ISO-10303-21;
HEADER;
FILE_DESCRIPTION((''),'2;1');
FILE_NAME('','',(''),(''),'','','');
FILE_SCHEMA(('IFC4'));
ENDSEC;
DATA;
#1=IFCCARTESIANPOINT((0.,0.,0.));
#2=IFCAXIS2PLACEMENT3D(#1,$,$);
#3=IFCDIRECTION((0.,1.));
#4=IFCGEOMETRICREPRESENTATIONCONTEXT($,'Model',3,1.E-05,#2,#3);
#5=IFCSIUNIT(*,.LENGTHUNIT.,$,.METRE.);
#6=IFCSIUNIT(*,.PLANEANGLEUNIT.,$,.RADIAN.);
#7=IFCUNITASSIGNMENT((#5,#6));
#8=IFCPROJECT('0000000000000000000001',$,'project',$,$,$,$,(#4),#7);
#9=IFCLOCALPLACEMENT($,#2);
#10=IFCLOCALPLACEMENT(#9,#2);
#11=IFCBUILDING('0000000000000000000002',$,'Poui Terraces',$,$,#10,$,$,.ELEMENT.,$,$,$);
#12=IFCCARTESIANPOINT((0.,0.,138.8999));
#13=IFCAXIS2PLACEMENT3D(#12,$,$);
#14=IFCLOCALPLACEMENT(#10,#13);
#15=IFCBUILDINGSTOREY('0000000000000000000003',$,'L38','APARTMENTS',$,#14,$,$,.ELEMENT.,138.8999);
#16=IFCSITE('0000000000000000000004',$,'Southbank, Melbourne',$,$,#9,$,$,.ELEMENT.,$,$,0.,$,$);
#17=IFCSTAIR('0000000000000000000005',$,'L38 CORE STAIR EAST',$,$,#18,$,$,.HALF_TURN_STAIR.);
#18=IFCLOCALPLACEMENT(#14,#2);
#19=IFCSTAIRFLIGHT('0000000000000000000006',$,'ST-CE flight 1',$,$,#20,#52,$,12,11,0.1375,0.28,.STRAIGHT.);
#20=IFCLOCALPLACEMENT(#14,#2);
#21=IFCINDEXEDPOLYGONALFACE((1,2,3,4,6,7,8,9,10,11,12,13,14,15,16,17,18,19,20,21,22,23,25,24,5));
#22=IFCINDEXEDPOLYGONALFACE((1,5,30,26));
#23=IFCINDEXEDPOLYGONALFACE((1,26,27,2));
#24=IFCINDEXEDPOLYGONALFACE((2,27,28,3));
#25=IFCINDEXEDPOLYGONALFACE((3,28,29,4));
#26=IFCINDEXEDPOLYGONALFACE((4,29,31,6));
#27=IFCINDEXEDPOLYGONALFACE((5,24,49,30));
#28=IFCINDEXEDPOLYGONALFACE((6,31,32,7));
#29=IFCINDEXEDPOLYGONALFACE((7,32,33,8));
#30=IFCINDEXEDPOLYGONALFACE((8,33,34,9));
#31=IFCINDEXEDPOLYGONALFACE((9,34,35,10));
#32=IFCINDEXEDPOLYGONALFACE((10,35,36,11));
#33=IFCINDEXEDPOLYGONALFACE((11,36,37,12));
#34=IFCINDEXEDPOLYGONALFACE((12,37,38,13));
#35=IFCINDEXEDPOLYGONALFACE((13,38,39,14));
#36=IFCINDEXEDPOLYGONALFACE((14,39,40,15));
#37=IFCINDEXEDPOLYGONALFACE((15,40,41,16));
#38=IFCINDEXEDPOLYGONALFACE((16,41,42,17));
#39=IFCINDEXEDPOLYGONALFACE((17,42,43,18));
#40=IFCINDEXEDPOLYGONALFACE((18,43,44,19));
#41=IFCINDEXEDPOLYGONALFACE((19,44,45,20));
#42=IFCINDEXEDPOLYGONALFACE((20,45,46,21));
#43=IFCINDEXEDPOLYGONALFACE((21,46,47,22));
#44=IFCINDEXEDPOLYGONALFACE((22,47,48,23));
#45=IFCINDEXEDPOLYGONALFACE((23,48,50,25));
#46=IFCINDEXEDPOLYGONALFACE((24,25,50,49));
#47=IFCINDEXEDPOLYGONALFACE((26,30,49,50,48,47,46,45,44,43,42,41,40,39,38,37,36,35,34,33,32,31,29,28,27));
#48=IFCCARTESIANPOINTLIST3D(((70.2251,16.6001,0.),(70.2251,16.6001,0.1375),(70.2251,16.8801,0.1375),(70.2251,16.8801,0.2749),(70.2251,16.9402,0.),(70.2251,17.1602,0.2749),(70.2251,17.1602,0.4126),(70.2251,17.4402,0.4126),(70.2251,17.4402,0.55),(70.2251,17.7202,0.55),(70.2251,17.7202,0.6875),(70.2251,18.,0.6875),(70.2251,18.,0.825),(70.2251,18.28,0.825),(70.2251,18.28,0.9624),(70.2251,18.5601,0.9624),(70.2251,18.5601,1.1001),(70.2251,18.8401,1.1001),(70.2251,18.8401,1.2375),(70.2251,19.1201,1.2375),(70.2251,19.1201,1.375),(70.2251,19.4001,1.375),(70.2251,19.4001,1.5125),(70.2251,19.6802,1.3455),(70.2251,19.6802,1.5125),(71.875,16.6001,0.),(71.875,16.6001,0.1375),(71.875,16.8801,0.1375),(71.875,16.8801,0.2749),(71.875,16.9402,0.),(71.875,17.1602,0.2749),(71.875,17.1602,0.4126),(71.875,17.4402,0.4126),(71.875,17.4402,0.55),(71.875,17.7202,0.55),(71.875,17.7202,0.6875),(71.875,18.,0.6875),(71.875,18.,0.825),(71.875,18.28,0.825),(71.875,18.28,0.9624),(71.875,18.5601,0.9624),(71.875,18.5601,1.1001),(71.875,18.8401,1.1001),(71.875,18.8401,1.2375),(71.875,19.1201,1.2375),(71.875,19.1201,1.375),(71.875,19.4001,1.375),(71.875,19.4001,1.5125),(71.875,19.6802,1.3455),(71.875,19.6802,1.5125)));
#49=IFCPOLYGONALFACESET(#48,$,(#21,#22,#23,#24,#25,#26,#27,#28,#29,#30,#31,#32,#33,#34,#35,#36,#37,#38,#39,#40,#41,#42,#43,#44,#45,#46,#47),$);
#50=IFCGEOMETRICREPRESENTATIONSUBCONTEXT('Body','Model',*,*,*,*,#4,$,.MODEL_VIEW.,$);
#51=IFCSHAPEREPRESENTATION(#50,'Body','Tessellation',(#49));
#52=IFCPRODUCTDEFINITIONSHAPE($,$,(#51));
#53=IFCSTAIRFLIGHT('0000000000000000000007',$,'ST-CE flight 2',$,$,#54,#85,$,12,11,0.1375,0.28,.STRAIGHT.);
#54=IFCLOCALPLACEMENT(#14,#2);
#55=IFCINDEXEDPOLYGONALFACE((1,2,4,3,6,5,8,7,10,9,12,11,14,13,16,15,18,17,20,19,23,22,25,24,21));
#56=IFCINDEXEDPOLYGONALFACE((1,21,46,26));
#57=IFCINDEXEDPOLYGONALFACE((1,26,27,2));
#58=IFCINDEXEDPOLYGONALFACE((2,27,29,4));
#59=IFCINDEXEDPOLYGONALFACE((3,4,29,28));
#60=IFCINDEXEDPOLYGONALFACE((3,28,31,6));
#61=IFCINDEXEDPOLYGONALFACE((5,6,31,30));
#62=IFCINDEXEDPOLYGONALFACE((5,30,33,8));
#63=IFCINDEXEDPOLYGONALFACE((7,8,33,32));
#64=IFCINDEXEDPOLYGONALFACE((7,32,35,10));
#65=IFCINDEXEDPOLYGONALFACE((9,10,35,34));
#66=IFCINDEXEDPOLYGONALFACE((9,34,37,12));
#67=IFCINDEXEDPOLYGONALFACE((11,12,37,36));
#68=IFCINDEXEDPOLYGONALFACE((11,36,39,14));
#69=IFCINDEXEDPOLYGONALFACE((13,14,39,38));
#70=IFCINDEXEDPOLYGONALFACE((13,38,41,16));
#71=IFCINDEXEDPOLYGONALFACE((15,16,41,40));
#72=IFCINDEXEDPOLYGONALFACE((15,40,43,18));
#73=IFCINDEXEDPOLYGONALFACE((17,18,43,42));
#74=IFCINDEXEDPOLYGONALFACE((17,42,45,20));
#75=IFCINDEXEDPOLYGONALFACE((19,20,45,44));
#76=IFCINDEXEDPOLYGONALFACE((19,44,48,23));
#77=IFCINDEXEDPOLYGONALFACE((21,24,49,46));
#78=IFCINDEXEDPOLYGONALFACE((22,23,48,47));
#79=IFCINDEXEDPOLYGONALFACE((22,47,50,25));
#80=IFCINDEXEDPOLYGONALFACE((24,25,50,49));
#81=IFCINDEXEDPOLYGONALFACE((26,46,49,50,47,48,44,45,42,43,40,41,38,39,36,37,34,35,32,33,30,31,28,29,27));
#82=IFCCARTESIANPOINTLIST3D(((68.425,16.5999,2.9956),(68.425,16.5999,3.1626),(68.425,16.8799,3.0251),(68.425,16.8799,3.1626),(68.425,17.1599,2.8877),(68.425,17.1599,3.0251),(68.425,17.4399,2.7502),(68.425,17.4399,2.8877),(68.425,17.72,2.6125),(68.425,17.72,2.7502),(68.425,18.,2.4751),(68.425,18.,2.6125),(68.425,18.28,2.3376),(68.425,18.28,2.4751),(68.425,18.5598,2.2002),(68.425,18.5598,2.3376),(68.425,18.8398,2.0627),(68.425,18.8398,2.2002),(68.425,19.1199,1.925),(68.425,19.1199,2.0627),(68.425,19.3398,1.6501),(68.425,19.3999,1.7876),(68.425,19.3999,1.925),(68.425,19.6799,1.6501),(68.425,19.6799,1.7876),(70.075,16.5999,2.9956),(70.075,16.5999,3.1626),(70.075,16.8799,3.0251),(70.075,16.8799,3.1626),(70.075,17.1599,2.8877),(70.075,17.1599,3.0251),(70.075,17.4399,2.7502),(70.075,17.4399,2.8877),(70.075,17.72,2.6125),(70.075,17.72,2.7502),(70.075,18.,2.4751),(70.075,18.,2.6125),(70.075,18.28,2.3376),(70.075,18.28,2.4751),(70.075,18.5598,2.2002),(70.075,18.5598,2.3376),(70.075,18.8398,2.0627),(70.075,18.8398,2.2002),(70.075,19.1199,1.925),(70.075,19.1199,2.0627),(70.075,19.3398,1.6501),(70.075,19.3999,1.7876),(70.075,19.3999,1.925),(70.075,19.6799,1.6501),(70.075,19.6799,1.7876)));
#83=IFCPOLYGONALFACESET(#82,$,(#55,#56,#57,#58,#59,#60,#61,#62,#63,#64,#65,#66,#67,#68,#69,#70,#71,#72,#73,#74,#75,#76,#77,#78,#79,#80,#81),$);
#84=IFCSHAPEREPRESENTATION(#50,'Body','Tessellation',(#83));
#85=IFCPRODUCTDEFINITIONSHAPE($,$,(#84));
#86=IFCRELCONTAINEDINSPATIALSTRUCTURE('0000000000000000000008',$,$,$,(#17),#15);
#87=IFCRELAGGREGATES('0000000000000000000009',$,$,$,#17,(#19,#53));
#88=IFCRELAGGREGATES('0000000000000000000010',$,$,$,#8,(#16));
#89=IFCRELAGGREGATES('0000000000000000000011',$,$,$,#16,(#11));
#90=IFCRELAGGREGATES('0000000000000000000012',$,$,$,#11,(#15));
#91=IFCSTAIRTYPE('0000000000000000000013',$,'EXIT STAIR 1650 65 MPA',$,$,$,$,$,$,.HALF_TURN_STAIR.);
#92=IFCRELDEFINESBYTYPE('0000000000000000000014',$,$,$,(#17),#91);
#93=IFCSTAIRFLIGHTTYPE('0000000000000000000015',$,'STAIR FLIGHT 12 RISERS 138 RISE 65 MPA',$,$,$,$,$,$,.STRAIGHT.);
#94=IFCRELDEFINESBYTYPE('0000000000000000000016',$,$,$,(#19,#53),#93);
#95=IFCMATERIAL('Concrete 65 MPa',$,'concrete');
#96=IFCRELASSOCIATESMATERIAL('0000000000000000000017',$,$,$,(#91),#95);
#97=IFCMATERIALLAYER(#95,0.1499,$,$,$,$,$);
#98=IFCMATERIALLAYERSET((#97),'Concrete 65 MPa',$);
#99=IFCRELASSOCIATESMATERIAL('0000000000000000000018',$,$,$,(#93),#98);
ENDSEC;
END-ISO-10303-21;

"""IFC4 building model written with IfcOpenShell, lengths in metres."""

from ifc_helpers import new_model, si_unit, direction, frame, origin, place, context, subcontext, project, spatial, polyline, outline, extrude, material, layer, layer_set, type_object, element, aggregate, save


model = new_model("IFC4")

# Units and contexts
model_context = context("Model", 3, precision=1e-05, world=origin(), true_north=direction((0.0, 1.0)))
body_context = subcontext(model_context, "Body", "Model", "MODEL_VIEW")
ifc_project = project(units=[si_unit("LENGTHUNIT", "METRE"), si_unit("PLANEANGLEUNIT", "RADIAN")], contexts=[model_context])

# Site, building, storey
site_placement = place(None, origin())
site = spatial("IfcSite", under=ifc_project, at=site_placement, Name="Southbank, Melbourne", CompositionType="ELEMENT", RefElevation=0.0)
building_placement = place(site_placement, origin())
building = spatial("IfcBuilding", under=site, at=building_placement, Name="Poui Terraces", CompositionType="ELEMENT")
storey_placement = place(building_placement, frame((0.0, 0.0, 138.8999)))
storey = spatial("IfcBuildingStorey", under=building, at=storey_placement, Name="L38", Description="APARTMENTS", CompositionType="ELEMENT", Elevation=138.8999)

# Shared definitions
ifc_material_1 = material(Name="Concrete 65 MPa", Category="concrete")

# Stair, stair flights
stair_type = type_object("IfcStairType", Name="EXIT STAIR 1650 65 MPA", PredefinedType="HALF_TURN_STAIR", material=ifc_material_1)
stair_placement = place(storey_placement, origin())
stair = element("IfcStair", 1, at=stair_placement, inside=storey, type_object=stair_type, Name="L38 CORE STAIR EAST", PredefinedType="HALF_TURN_STAIR")
ifc_layer_1 = layer(ifc_material_1, 0.1499)
ifc_layer_set_1 = layer_set([ifc_layer_1], Name="Concrete 65 MPa")
stair_flight_type = type_object("IfcStairFlightType", Name="STAIR FLIGHT 12 RISERS 138 RISE 65 MPA", PredefinedType="STRAIGHT", material=ifc_layer_set_1)
stair_flight_1_placement = place(storey_placement, frame((71.05, 16.6001, 0.0), z_axis=(0.0, 0.0, 1.0), x_axis=(0.0, 1.0, 0.0)))
stair_flight_1 = element("IfcStairFlight", 2, at=stair_flight_1_placement, type_object=stair_flight_type, Name="ST-CE flight 1", NumberOfRisers=12, NumberOfTreads=11, PredefinedType="STRAIGHT", RiserHeight=0.1375, TreadLength=0.28, context=body_context, shape_type="SweptSolid", body=[
    extrude(outline(polyline([(0.0, 0.0), (0.0, 0.1375), (0.28, 0.1375), (0.28, 0.2749), (0.5601, 0.2749), (0.5601, 0.4126), (0.8401, 0.4126), (0.8401, 0.55), (1.1201, 0.55), (1.1201, 0.6875), (1.3999, 0.6875), (1.3999, 0.825), (1.6799, 0.825), (1.6799, 0.9624), (1.96, 0.9624), (1.96, 1.1001), (2.24, 1.1001), (2.24, 1.2375), (2.52, 1.2375), (2.52, 1.375), (2.8, 1.375), (2.8, 1.5125), (3.0801, 1.5125), (3.0801, 1.6499), (3.0801, 1.3455), (0.3401, 0.0), (0.0, 0.0)])), frame((0.0, 0.825, 0.0), z_axis=(0.0, -1.0, 0.0), x_axis=(1.0, 0.0, 0.0)), (0.0, 0.0, 1.0), 1.6499),
])
stair_flight_2_placement = place(storey_placement, frame((69.25, 19.6799, 1.6501), z_axis=(0.0, 0.0, 1.0), x_axis=(0.0, -1.0, 0.0)))
stair_flight_2 = element("IfcStairFlight", 3, at=stair_flight_2_placement, type_object=stair_flight_type, Name="ST-CE flight 2", NumberOfRisers=12, NumberOfTreads=11, PredefinedType="STRAIGHT", RiserHeight=0.1375, TreadLength=0.28, context=body_context, shape_type="SweptSolid", body=[
    extrude(outline(polyline([(0.0, 0.0), (0.0, 0.1375), (0.28, 0.1375), (0.28, 0.2749), (0.5601, 0.2749), (0.5601, 0.4126), (0.8401, 0.4126), (0.8401, 0.55), (1.1201, 0.55), (1.1201, 0.6875), (1.3999, 0.6875), (1.3999, 0.825), (1.6799, 0.825), (1.6799, 0.9624), (1.96, 0.9624), (1.96, 1.1001), (2.24, 1.1001), (2.24, 1.2375), (2.52, 1.2375), (2.52, 1.375), (2.8, 1.375), (2.8, 1.5125), (3.0801, 1.5125), (3.0801, 1.6499), (3.0801, 1.3455), (0.3401, 0.0), (0.0, 0.0)])), frame((0.0, 0.825, 0.0), z_axis=(0.0, -1.0, 0.0), x_axis=(1.0, 0.0, 0.0)), (0.0, 0.0, 1.0), 1.6499),
])
aggregate(stair, [stair_flight_1, stair_flight_2])

save(model, "model.ifc")
